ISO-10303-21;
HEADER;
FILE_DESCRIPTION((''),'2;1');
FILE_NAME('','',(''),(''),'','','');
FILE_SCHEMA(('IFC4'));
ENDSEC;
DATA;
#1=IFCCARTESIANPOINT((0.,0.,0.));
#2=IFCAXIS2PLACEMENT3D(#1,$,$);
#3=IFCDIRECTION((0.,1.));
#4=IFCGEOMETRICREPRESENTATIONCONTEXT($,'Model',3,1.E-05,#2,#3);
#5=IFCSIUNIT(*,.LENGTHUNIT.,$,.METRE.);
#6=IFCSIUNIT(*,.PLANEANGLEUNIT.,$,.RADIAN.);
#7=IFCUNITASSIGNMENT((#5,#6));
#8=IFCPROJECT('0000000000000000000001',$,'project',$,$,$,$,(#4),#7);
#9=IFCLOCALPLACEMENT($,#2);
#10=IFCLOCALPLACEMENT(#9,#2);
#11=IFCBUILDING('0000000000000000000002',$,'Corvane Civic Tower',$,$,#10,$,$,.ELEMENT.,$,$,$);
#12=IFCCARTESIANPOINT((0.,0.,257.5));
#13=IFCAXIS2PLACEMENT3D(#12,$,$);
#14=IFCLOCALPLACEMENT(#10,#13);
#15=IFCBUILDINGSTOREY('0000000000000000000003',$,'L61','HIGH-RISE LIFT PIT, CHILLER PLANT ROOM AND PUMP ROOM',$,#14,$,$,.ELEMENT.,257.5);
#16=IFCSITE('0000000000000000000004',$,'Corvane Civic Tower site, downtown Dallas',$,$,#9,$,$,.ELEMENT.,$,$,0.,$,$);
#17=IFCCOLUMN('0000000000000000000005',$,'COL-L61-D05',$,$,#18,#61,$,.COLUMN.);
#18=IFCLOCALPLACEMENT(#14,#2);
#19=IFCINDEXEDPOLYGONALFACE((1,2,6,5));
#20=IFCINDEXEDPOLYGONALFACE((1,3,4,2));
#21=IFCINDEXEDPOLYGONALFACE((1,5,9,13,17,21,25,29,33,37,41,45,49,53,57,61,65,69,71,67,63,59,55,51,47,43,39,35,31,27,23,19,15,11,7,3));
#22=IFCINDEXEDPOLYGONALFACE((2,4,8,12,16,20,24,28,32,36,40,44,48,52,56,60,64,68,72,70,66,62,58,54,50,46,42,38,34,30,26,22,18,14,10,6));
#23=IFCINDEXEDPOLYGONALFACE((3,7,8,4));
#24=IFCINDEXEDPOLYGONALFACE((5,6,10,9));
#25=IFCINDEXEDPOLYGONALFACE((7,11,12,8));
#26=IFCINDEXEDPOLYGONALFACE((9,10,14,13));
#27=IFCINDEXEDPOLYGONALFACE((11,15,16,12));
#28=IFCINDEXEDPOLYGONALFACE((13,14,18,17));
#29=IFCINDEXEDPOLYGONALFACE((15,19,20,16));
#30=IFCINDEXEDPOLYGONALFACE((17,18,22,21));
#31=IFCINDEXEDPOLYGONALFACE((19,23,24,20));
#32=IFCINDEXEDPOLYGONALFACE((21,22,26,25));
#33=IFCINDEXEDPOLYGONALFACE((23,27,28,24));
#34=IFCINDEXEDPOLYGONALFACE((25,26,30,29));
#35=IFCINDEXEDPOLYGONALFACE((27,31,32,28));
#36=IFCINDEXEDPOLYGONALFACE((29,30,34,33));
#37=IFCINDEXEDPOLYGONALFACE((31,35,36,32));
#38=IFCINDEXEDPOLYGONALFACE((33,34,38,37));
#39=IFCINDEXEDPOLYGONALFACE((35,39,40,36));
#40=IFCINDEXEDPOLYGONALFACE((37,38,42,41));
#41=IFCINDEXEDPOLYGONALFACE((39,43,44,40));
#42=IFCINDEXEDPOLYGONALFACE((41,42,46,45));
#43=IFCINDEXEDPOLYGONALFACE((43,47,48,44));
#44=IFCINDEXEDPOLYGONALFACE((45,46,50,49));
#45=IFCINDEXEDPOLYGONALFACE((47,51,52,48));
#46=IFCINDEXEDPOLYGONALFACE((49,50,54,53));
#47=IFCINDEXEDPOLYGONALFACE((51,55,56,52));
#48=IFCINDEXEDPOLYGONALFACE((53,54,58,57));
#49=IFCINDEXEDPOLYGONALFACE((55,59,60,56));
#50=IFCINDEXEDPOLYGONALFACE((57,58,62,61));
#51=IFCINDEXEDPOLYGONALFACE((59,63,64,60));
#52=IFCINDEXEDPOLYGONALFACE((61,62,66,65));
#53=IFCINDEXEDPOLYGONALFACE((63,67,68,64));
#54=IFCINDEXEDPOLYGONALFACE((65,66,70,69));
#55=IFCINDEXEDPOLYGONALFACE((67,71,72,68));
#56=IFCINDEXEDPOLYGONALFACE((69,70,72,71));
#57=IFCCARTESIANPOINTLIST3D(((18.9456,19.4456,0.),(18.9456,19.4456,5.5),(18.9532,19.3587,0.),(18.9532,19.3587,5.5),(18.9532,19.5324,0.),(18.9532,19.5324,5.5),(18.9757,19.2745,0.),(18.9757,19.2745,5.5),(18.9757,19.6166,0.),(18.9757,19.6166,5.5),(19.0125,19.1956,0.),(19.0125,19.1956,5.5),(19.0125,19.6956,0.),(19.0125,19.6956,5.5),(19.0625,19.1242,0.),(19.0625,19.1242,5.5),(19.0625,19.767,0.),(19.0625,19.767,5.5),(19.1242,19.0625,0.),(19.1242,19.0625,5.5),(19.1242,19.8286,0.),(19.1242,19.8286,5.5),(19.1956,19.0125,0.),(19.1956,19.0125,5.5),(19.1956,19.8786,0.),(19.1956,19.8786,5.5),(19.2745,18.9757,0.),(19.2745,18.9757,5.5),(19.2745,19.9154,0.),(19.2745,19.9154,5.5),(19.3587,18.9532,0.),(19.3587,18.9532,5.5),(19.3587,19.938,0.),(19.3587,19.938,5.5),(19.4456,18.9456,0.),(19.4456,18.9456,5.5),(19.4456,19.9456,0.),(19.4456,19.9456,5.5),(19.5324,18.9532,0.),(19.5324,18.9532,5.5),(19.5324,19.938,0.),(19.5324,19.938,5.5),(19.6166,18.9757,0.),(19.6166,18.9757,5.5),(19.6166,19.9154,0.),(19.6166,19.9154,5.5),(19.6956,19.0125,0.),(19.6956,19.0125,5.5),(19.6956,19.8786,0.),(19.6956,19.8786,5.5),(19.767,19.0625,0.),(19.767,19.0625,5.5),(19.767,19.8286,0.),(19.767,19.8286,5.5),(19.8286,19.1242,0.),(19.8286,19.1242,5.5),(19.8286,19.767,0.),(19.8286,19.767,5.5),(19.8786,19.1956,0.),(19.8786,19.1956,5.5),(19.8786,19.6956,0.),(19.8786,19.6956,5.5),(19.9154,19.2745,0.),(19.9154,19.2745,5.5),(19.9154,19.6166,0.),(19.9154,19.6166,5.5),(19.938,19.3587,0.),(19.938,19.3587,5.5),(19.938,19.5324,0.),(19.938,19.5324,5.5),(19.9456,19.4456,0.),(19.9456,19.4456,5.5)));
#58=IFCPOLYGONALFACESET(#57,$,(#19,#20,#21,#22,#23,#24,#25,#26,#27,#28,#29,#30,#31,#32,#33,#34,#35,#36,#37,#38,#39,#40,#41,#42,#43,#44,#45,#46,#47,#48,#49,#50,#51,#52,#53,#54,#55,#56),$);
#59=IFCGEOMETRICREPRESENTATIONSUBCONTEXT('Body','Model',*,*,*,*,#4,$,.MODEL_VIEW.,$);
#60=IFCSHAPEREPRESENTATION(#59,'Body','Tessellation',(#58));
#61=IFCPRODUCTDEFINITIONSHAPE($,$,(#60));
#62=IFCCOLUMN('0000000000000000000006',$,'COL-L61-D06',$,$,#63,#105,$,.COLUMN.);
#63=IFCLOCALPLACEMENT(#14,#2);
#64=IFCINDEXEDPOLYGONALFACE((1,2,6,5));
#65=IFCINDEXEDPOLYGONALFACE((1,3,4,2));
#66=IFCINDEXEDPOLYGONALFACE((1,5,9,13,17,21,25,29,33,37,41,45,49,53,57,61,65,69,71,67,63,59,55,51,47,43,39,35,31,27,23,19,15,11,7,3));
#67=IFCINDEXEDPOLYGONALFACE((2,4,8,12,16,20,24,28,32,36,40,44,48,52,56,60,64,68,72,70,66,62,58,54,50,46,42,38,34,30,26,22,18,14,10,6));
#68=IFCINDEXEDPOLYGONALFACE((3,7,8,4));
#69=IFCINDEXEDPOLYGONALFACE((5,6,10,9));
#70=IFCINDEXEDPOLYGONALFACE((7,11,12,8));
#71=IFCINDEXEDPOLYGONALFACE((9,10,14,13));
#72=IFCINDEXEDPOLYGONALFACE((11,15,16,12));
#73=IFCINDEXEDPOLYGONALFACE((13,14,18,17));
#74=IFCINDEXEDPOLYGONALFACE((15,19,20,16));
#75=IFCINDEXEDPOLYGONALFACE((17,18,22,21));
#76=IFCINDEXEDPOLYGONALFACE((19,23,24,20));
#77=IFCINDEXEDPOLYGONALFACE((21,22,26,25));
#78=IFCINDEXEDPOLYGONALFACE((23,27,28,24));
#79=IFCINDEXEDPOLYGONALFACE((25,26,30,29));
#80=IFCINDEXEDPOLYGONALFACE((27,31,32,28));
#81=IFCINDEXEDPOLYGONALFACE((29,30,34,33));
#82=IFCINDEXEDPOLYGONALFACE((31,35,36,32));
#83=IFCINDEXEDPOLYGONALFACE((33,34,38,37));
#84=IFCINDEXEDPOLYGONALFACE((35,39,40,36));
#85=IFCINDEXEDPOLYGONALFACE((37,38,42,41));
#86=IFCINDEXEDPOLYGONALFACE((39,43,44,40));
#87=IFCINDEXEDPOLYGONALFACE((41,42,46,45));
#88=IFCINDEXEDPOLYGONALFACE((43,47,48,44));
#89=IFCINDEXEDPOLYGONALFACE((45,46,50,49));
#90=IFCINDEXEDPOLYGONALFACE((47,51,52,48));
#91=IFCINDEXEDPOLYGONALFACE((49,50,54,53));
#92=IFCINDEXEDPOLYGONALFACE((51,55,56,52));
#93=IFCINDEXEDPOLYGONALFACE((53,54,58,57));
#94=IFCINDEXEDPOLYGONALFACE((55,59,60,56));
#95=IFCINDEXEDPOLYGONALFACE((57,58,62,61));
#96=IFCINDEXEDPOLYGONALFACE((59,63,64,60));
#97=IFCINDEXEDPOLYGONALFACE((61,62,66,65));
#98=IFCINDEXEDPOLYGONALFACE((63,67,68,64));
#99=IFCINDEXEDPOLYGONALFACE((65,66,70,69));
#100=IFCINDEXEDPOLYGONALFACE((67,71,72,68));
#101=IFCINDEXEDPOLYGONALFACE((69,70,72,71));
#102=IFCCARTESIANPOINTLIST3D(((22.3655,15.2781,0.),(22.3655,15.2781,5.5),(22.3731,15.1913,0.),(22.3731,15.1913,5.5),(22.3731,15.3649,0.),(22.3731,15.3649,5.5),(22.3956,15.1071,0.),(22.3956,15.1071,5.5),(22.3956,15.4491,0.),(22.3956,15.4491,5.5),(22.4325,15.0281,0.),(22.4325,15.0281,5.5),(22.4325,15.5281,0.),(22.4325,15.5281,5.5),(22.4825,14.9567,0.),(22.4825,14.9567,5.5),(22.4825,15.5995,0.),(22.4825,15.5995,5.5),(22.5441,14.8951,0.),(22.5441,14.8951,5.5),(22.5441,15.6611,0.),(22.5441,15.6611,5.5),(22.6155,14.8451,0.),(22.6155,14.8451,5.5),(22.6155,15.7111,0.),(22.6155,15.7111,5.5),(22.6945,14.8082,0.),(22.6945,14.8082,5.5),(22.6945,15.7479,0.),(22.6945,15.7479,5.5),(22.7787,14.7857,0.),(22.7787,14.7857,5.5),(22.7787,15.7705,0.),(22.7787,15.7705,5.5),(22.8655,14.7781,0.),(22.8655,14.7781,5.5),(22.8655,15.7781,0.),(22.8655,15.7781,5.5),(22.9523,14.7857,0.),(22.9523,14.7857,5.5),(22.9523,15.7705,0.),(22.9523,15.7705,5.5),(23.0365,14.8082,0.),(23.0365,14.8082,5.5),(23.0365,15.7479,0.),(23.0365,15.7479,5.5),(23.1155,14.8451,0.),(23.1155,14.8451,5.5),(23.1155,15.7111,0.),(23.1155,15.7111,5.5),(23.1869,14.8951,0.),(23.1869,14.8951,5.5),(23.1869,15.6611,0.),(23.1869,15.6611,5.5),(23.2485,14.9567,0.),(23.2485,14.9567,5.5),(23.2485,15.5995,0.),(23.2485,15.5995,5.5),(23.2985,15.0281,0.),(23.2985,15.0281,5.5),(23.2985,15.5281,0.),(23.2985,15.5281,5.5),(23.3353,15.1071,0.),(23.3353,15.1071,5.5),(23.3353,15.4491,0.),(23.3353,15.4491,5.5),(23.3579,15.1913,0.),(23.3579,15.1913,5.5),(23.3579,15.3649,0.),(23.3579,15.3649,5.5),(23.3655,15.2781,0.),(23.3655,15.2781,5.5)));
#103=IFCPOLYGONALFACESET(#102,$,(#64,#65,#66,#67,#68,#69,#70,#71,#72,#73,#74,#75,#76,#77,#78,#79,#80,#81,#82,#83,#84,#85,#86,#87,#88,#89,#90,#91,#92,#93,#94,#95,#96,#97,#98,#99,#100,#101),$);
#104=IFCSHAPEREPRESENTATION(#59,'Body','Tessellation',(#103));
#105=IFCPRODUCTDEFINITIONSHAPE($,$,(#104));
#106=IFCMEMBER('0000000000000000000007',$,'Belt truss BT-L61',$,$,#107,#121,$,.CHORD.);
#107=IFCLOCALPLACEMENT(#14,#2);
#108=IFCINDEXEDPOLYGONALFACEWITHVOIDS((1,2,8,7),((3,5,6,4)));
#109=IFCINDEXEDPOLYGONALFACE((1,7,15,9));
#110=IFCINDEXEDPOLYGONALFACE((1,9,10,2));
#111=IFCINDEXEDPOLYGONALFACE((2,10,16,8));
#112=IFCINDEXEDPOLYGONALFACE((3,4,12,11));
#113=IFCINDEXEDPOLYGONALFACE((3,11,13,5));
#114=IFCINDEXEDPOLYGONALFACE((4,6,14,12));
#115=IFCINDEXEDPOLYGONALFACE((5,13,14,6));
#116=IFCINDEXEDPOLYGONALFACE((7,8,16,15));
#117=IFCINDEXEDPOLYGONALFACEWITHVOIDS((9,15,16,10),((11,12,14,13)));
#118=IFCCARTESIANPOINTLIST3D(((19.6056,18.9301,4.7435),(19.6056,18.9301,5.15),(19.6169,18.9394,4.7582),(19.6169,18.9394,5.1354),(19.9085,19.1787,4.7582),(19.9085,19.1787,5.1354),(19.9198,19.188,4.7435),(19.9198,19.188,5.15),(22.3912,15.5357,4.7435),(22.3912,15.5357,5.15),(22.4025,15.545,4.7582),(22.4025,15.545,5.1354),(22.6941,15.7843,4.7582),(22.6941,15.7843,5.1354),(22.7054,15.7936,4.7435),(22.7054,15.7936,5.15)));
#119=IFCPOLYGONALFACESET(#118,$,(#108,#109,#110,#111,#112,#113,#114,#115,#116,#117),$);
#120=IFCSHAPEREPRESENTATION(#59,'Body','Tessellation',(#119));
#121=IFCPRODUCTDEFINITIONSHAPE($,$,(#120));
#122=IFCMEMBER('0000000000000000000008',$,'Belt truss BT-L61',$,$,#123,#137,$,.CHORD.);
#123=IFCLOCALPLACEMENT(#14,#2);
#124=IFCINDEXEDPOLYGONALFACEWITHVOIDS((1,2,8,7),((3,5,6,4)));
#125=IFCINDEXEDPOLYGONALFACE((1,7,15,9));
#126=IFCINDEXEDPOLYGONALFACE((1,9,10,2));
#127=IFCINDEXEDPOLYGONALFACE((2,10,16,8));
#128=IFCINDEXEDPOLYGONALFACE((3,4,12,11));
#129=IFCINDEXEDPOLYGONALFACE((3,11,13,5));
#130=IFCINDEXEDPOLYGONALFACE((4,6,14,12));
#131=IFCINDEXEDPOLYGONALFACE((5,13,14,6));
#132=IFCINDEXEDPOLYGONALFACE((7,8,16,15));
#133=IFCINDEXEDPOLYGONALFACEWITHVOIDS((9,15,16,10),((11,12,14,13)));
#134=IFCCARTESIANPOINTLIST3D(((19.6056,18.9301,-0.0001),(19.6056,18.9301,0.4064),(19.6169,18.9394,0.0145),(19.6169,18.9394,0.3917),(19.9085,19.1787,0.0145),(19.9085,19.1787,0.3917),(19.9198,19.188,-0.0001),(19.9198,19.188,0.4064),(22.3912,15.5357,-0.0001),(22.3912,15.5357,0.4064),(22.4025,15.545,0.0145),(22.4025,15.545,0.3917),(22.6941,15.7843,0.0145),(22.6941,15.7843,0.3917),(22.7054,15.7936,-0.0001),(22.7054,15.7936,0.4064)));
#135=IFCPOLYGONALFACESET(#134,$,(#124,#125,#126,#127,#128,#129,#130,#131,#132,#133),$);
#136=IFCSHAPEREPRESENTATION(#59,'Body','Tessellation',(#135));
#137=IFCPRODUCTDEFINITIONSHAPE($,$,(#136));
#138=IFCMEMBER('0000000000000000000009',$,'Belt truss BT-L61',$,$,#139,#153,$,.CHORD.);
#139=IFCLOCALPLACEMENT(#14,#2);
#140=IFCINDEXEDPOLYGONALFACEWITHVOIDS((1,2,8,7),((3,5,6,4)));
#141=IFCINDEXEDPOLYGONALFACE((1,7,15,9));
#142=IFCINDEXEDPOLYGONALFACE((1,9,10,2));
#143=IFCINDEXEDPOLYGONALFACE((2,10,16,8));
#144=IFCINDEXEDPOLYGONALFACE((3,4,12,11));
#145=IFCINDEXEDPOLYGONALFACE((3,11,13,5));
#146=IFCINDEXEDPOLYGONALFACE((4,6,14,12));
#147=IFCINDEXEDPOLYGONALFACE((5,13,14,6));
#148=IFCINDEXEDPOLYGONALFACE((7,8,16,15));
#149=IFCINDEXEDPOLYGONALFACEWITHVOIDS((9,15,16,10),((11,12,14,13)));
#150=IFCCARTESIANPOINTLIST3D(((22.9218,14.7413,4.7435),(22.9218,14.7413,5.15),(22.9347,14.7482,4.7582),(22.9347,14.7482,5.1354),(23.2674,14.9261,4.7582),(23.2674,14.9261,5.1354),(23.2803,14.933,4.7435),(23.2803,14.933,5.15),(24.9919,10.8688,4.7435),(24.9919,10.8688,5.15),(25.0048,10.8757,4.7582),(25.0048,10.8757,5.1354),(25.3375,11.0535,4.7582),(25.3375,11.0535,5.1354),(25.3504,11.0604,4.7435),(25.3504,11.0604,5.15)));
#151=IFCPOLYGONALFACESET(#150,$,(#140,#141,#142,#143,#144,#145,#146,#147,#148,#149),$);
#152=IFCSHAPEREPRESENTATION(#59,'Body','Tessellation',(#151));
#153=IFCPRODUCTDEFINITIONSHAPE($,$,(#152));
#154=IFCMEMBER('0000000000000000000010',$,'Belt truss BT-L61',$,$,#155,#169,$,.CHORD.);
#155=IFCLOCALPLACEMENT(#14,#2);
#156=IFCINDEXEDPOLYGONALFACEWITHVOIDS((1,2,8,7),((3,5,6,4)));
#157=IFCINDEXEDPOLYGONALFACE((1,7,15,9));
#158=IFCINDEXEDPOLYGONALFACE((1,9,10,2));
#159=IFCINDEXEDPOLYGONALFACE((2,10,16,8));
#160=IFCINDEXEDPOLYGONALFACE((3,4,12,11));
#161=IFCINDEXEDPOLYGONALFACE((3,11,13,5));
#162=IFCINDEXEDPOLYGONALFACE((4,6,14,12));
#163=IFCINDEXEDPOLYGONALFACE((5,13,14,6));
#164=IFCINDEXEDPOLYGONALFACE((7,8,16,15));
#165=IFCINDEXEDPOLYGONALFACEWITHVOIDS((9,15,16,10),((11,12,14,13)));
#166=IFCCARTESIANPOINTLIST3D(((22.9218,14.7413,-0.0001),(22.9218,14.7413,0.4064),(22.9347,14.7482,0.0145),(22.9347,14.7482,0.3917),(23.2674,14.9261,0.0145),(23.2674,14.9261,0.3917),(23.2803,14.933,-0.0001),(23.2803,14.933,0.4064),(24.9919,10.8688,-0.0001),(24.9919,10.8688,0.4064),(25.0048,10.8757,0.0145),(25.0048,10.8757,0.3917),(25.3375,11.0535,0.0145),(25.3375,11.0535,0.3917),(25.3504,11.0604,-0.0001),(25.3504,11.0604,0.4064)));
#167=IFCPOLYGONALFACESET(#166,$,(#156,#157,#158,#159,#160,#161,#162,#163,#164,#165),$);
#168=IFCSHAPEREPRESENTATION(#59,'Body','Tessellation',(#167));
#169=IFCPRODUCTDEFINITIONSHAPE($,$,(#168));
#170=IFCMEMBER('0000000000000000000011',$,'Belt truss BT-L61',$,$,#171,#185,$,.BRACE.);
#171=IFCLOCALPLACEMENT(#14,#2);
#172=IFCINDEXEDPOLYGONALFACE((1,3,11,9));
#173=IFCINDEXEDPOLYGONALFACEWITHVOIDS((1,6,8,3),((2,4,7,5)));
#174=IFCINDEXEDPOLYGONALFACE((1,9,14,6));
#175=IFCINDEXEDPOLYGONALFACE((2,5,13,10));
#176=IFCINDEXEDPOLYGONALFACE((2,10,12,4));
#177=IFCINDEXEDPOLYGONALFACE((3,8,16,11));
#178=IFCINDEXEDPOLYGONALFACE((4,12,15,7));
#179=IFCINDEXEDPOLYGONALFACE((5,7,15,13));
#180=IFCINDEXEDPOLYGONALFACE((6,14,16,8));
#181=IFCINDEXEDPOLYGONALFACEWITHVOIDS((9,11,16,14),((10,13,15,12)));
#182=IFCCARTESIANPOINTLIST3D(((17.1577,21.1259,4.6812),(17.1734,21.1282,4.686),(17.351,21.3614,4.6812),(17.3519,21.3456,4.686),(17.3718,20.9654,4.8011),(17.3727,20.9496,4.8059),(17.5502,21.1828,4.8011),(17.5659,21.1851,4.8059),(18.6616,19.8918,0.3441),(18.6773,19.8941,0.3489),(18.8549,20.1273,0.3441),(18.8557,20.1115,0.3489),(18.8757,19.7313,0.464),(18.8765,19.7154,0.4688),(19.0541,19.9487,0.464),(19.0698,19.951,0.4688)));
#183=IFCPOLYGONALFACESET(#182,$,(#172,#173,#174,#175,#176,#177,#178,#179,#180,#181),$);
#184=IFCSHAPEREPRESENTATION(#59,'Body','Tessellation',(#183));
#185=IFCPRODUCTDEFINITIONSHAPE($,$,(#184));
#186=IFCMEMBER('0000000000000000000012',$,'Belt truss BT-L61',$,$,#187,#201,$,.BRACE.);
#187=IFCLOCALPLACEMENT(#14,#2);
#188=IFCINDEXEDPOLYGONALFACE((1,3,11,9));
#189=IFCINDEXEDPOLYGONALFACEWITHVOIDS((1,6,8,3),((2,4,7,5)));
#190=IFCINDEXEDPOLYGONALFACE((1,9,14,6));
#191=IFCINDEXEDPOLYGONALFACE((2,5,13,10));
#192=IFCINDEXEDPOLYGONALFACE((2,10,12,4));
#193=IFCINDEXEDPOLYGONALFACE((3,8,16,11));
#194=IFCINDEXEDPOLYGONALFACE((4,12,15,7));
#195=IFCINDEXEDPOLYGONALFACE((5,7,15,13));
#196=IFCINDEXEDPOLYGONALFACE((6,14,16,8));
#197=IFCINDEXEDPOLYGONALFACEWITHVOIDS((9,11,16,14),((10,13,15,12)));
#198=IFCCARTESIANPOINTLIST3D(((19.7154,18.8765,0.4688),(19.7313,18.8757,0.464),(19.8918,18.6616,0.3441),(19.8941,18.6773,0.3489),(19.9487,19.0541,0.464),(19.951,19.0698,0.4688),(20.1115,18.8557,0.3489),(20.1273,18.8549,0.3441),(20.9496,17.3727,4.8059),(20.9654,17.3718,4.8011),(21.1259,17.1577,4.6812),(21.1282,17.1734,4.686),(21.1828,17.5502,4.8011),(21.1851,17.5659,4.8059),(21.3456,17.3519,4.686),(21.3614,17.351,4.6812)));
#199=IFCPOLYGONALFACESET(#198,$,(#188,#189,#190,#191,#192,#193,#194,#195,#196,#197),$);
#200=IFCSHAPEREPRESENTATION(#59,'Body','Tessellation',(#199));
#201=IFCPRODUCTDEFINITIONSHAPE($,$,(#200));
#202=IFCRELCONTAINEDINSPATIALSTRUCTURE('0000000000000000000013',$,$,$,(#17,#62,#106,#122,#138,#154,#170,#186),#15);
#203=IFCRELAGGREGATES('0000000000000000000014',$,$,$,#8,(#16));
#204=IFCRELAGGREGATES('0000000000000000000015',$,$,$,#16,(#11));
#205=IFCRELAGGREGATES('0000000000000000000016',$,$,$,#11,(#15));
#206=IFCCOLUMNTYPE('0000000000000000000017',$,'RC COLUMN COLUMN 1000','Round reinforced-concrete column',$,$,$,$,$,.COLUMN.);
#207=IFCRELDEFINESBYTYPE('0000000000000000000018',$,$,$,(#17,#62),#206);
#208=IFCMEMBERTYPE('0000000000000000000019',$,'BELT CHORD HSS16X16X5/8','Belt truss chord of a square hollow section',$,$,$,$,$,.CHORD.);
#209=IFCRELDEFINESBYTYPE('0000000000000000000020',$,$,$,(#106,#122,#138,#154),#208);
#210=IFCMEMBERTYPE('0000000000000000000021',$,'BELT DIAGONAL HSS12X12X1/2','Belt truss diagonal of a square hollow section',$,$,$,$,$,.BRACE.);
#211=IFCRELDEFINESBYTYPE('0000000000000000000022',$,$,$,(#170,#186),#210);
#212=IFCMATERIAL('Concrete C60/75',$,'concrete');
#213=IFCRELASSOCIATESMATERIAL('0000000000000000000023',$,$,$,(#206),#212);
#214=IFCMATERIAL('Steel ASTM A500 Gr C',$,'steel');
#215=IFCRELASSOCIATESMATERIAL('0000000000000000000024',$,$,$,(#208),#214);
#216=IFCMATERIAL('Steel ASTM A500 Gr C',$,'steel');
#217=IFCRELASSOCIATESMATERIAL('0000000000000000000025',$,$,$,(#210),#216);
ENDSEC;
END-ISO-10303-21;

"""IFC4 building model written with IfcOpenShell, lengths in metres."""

from ifc_helpers import new_model, si_unit, direction, frame, origin, origin_2d, place, context, subcontext, project, spatial, hollow_rectangle, circle, extrude, material, material_profile, profile_set, type_object, element, save


model = new_model("IFC4")

# Units and contexts
model_context = context("Model", 3, precision=1e-05, world=origin(), true_north=direction((0.0, 1.0)))
body_context = subcontext(model_context, "Body", "Model", "MODEL_VIEW")
ifc_project = project(units=[si_unit("LENGTHUNIT", "METRE"), si_unit("PLANEANGLEUNIT", "RADIAN")], contexts=[model_context])

# Site, building, storey
site_placement = place(None, origin())
site = spatial("IfcSite", under=ifc_project, at=site_placement, Name="Corvane Civic Tower site, downtown Dallas", CompositionType="ELEMENT", RefElevation=0.0)
building_placement = place(site_placement, origin())
building = spatial("IfcBuilding", under=site, at=building_placement, Name="Corvane Civic Tower", CompositionType="ELEMENT")
storey_placement = place(building_placement, frame((0.0, 0.0, 257.5)))
storey = spatial("IfcBuildingStorey", under=building, at=storey_placement, Name="L61", Description="HIGH-RISE LIFT PIT, CHILLER PLANT ROOM AND PUMP ROOM", CompositionType="ELEMENT", Elevation=257.5)

# Columns
ifc_material_1 = material(Name="Concrete C60/75", Category="concrete")
ifc_material_profile_1 = material_profile(ifc_material_1, circle(Radius=0.5, at=origin_2d()), Name="COLUMN 1000")
ifc_profile_set_1 = profile_set([ifc_material_profile_1], Name="Concrete C60/75")
column_type = type_object("IfcColumnType", Name="RC COLUMN COLUMN 1000", Description="Round reinforced-concrete column", PredefinedType="COLUMN", material=ifc_profile_set_1)
for number, where, z_axis, x_axis, name in (
    (1, (19.4456, 19.4456, 0.0), (0.0, 0.0, 1.0), (1.0, 0.0, 0.0), "COL-L61-D05"),
    (2, (22.8655, 15.2781, 0.0), (0.0, 0.0, 1.0), (1.0, 0.0, 0.0), "COL-L61-D06"),
):
    element("IfcColumn", number, at=place(storey_placement, frame(where, z_axis=z_axis, x_axis=x_axis)), inside=storey, type_object=column_type, Name=name, PredefinedType="COLUMN", context=body_context, shape_type="SweptSolid", body=[
        extrude(circle(Radius=0.5, at=origin_2d()), origin(), (0.0, 0.0, 1.0), 5.5),
    ])

# Members
ifc_material_2 = material(Name="Steel ASTM A500 Gr C", Category="steel")
ifc_material_profile_2 = material_profile(ifc_material_2, hollow_rectangle(XDim=0.4065, YDim=0.4065, WallThickness=0.0146, at=origin_2d()), Name="HSS16X16X5/8")
ifc_profile_set_2 = profile_set([ifc_material_profile_2], Name="Steel ASTM A500 Gr C")
member_type_1 = type_object("IfcMemberType", Name="BELT CHORD HSS16X16X5/8", Description="Belt truss chord of a square hollow section", PredefinedType="CHORD", material=ifc_profile_set_2)
for number, where, z_axis, x_axis, name in (
    (3, (19.7627, 19.0591, 4.9468), (0.634369, -0.77303, 0.0), (0.77303, 0.634369, 0.0), "Belt truss BT-L61"),
    (4, (19.7627, 19.0591, 0.2031), (0.634369, -0.77303, 0.0), (0.77303, 0.634369, 0.0), "Belt truss BT-L61"),
    (5, (23.1011, 14.8372, 4.9468), (0.471422, -0.881908, 0.0), (0.881908, 0.471422, 0.0), "Belt truss BT-L61"),
    (6, (23.1011, 14.8372, 0.2031), (0.471422, -0.881908, 0.0), (0.881908, 0.471422, 0.0), "Belt truss BT-L61"),
):
    element("IfcMember", number, at=place(storey_placement, frame(where, z_axis=z_axis, x_axis=x_axis)), inside=storey, type_object=member_type_1, Name=name, PredefinedType="CHORD", context=body_context, shape_type="SweptSolid", body=[
        extrude(hollow_rectangle(XDim=0.4065, YDim=0.4065, WallThickness=0.0146, at=origin_2d()), origin(), (0.0, 0.0, 1.0), 4.3911),
    ])
ifc_material_3 = material(Name="Steel ASTM A500 Gr C", Category="steel")
ifc_material_profile_3 = material_profile(ifc_material_3, hollow_rectangle(XDim=0.3047, YDim=0.3047, WallThickness=0.0117, at=origin_2d()), Name="HSS12X12X1/2")
ifc_profile_set_3 = profile_set([ifc_material_profile_3], Name="Steel ASTM A500 Gr C")
member_type_2 = type_object("IfcMemberType", Name="BELT DIAGONAL HSS12X12X1/2", Description="Belt truss diagonal of a square hollow section", PredefinedType="BRACE", material=ifc_profile_set_3)
for number, where, z_axis, x_axis, name in (
    (7, (18.8657, 19.9214, 0.4065), (-0.316379, 0.259626, 0.912414), (-0.634365, -0.773034, 0.0), "Belt truss BT-L61"),
    (8, (19.9214, 18.8657, 0.4065), (0.259626, -0.316379, 0.912414), (0.773034, 0.634365, 0.0), "Belt truss BT-L61"),
):
    element("IfcMember", number, at=place(storey_placement, frame(where, z_axis=z_axis, x_axis=x_axis)), inside=storey, type_object=member_type_2, Name=name, PredefinedType="BRACE", context=body_context, shape_type="SweptSolid", body=[
        extrude(hollow_rectangle(XDim=0.3047, YDim=0.3047, WallThickness=0.0117, at=origin_2d()), origin(), (0.0, 0.0, 1.0), 4.7534),
    ])

save(model, "model.ifc")
